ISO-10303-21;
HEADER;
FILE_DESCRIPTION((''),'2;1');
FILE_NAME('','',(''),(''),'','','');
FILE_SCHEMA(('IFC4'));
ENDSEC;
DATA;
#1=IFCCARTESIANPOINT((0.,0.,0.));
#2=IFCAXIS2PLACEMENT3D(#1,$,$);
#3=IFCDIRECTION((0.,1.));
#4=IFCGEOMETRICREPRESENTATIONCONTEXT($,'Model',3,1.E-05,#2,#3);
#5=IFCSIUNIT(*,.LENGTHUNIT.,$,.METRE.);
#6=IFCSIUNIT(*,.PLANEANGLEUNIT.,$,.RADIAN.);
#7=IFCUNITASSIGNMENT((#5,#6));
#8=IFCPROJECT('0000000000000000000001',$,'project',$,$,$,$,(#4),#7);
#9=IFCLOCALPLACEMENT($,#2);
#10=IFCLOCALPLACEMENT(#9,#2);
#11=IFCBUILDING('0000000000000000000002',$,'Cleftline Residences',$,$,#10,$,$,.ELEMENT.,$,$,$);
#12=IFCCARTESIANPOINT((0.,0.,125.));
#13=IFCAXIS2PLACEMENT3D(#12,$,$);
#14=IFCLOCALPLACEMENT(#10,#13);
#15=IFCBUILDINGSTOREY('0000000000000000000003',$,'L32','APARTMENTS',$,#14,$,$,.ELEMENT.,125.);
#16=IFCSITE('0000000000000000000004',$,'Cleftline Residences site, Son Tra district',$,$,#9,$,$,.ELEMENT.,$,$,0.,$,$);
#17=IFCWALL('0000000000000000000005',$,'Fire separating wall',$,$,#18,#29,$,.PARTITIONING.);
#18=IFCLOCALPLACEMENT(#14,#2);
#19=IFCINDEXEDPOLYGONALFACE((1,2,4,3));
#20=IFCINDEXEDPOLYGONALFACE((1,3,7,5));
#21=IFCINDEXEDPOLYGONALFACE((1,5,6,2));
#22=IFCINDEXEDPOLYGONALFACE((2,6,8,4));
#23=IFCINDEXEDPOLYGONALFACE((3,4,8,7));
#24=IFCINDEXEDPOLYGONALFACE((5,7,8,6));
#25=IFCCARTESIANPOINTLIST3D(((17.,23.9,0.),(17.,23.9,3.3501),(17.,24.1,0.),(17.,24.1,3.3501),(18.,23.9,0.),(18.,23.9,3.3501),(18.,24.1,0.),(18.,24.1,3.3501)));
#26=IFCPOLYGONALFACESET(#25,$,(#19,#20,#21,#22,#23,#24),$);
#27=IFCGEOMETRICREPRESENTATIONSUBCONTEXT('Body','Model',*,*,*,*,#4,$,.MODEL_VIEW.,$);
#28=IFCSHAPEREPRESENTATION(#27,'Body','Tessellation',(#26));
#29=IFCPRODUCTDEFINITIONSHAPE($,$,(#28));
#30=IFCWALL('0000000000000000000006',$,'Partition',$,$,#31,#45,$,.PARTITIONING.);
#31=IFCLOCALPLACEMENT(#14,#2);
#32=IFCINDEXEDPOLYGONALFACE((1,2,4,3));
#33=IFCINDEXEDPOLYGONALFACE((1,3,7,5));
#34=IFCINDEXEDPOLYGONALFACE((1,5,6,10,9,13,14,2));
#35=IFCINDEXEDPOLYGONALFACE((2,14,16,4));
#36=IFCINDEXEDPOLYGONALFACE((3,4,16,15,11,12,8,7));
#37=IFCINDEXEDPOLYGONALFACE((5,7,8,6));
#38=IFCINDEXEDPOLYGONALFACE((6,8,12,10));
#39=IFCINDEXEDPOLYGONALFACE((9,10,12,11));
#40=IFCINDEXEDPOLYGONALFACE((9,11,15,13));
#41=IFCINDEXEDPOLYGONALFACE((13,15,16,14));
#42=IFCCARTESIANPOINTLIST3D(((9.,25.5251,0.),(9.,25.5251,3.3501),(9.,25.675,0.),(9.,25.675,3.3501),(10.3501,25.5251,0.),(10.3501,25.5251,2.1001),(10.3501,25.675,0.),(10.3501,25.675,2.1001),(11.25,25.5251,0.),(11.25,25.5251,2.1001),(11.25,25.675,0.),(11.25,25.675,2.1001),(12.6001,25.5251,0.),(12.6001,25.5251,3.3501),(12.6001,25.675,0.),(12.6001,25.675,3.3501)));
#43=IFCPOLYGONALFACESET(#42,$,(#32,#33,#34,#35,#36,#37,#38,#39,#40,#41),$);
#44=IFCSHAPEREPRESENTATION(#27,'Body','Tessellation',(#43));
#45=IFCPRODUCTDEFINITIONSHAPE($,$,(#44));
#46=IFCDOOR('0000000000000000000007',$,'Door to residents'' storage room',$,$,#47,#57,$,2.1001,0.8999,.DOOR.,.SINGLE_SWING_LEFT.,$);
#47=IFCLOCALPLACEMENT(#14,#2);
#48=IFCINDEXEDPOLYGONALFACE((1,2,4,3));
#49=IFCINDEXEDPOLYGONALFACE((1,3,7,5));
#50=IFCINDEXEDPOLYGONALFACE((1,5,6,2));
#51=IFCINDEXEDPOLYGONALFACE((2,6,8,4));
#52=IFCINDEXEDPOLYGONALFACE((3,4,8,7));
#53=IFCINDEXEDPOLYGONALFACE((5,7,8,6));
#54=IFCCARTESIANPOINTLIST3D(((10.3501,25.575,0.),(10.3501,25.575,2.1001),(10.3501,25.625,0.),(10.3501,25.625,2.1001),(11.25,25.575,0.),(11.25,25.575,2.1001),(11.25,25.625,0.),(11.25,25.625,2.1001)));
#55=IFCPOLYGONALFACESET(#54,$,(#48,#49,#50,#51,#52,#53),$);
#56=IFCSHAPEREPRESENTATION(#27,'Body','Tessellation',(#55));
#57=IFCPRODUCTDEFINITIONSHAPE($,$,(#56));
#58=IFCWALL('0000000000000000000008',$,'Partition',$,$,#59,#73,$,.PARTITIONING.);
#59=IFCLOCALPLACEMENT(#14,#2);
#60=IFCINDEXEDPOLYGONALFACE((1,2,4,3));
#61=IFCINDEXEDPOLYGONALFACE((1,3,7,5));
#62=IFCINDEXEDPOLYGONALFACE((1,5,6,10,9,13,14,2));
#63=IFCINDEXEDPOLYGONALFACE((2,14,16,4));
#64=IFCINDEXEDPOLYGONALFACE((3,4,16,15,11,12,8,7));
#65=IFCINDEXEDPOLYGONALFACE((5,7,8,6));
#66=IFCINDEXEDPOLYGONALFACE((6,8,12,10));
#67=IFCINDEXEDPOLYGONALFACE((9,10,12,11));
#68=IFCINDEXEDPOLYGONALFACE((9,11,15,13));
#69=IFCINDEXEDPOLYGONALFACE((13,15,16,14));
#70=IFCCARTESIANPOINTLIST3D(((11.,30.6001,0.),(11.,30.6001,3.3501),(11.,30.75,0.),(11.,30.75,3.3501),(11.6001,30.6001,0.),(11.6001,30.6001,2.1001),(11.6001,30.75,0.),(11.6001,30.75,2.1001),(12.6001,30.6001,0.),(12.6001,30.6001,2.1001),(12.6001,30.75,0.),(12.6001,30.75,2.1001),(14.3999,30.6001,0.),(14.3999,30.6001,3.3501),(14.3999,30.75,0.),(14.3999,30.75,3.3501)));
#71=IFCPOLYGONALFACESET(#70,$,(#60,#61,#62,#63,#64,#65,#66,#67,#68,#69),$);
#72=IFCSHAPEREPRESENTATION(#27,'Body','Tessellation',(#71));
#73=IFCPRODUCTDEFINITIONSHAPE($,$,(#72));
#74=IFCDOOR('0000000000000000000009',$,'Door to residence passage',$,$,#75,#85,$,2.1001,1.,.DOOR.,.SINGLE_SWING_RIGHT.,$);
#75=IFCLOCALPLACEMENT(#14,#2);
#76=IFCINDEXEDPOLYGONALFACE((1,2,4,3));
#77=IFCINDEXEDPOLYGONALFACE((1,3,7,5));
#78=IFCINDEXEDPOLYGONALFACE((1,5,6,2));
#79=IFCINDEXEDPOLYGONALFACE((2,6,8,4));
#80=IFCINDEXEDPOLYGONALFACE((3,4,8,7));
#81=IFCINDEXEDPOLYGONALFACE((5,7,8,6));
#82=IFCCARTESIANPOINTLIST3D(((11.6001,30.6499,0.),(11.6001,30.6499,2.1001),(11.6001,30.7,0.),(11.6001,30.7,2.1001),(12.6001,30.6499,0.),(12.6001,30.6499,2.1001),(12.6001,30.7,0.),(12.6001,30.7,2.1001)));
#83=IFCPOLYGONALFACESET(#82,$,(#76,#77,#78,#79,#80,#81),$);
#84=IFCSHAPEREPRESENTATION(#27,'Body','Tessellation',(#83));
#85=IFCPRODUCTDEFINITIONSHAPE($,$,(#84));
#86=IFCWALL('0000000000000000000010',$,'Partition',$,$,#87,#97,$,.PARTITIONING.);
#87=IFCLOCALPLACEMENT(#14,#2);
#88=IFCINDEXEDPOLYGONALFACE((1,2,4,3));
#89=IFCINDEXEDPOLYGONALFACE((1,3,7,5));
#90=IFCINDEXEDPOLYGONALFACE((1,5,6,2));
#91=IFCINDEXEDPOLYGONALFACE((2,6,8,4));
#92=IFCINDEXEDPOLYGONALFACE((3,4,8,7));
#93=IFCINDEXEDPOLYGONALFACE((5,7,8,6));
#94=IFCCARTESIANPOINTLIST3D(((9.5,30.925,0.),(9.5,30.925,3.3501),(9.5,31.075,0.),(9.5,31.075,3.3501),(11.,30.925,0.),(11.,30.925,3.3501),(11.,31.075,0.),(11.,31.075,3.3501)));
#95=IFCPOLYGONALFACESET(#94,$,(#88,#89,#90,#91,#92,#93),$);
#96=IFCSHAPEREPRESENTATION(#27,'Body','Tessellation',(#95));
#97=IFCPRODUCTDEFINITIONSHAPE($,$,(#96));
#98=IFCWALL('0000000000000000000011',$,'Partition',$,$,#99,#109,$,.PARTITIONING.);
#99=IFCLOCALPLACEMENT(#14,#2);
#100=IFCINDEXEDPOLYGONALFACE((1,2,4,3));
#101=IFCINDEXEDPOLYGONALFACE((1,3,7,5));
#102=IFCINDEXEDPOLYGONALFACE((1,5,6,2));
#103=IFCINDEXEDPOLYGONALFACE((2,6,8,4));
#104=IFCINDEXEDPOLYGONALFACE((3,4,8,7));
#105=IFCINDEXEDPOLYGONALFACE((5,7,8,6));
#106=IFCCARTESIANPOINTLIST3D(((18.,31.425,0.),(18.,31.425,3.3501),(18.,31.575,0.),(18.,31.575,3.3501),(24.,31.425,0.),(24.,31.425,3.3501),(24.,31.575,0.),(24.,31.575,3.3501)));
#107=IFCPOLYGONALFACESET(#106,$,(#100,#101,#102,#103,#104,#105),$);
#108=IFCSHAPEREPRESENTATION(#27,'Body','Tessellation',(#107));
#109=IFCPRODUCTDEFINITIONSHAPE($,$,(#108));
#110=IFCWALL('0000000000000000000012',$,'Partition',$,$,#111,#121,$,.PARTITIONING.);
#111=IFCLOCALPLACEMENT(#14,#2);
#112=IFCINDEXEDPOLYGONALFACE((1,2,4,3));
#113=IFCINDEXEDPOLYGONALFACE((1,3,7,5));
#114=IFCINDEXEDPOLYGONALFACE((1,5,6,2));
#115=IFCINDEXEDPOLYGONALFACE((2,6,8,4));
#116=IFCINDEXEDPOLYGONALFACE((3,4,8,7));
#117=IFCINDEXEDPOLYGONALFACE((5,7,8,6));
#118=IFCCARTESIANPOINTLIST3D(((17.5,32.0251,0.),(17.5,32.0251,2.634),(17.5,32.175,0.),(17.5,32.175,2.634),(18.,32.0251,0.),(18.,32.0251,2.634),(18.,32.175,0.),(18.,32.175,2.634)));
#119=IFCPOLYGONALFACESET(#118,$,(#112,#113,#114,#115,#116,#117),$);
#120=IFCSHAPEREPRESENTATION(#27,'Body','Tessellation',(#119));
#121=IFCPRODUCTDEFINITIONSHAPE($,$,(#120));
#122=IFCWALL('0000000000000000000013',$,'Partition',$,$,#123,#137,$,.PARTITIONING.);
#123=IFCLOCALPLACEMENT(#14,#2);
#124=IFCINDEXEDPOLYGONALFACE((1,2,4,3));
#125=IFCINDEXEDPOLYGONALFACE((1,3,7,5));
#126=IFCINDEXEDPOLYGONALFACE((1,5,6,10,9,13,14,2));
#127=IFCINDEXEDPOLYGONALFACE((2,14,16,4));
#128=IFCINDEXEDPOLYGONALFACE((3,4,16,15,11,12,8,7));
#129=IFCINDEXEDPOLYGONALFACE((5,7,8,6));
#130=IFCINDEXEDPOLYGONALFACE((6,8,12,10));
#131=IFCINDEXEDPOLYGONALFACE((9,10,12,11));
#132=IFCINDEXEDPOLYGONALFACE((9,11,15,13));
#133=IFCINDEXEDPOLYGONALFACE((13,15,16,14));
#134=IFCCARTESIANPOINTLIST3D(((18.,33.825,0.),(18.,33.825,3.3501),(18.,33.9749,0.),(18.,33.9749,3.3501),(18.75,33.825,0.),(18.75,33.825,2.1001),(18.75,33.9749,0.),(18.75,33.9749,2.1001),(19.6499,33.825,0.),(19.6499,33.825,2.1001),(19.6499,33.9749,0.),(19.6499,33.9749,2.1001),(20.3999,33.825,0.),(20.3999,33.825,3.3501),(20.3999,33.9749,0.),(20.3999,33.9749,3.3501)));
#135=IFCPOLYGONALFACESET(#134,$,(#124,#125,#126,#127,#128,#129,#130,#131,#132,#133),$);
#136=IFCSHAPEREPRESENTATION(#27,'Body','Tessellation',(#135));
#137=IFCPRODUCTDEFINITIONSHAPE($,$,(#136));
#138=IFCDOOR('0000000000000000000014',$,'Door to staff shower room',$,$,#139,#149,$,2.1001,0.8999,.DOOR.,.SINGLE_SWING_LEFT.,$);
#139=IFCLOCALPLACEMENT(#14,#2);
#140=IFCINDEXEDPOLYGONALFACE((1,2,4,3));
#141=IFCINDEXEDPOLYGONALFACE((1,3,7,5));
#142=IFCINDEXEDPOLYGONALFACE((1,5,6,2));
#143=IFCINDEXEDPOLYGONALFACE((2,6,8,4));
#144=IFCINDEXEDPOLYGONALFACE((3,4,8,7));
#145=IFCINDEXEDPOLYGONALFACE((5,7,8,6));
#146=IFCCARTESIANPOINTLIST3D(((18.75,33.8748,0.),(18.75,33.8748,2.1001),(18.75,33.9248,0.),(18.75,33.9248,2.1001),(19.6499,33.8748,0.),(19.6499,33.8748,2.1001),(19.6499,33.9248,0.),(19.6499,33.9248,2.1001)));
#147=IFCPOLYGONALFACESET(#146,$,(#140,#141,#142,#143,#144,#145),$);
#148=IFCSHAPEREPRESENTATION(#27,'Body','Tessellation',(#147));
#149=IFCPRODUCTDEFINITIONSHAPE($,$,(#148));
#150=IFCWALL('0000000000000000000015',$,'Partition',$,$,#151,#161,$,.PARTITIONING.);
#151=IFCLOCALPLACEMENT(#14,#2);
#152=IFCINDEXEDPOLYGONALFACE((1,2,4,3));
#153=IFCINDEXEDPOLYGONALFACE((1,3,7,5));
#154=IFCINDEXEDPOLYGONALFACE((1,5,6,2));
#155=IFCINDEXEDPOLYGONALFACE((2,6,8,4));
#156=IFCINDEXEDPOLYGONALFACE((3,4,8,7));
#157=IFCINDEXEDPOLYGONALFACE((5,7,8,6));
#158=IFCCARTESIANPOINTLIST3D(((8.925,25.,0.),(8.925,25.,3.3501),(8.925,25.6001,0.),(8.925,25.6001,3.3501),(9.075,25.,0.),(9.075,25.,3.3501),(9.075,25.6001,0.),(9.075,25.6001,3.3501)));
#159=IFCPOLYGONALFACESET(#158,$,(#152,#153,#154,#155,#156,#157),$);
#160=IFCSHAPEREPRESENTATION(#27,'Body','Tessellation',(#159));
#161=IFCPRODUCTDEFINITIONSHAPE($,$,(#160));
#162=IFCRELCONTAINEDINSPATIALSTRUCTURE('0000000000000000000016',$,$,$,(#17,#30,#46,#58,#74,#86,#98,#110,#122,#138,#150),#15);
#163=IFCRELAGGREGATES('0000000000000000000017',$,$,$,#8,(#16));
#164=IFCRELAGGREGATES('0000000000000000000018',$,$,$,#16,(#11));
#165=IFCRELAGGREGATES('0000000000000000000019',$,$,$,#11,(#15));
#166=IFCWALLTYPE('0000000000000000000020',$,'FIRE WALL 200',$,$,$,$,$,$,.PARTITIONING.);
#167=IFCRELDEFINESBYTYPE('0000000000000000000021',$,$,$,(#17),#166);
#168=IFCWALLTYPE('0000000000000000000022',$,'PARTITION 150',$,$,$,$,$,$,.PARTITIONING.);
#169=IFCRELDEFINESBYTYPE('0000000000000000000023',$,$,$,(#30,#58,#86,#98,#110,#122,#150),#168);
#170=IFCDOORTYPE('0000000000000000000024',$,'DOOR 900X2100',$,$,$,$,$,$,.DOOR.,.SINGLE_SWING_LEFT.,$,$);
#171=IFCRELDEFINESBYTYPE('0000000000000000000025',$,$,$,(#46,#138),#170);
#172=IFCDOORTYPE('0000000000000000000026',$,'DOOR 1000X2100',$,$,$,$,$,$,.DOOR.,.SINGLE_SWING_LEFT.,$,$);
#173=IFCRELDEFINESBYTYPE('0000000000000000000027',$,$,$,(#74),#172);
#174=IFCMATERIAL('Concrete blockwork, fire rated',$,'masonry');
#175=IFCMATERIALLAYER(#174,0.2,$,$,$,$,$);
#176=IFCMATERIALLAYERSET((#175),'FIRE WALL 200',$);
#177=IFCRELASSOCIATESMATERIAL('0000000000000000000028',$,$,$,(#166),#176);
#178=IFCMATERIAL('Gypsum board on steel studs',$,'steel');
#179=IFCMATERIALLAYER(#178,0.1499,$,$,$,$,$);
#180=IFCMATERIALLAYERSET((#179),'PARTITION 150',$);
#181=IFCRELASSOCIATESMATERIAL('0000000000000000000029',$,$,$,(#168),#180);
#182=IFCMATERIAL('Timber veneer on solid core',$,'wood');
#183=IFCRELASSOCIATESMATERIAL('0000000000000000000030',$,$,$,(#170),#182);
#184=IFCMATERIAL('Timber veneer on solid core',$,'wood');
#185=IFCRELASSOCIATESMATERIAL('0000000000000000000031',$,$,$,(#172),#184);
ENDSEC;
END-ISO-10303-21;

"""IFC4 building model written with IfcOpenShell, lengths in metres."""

from ifc_helpers import new_model, si_unit, direction, frame, frame_2d, origin, place, context, subcontext, project, spatial, rectangle, extrude, material, layer, layer_set, type_object, element, fill, save


model = new_model("IFC4")

# Units and contexts
model_context = context("Model", 3, precision=1e-05, world=origin(), true_north=direction((0.0, 1.0)))
body_context = subcontext(model_context, "Body", "Model", "MODEL_VIEW")
ifc_project = project(units=[si_unit("LENGTHUNIT", "METRE"), si_unit("PLANEANGLEUNIT", "RADIAN")], contexts=[model_context])

# Site, building, storey
site_placement = place(None, origin())
site = spatial("IfcSite", under=ifc_project, at=site_placement, Name="Cleftline Residences site, Son Tra district", CompositionType="ELEMENT", RefElevation=0.0)
building_placement = place(site_placement, origin())
building = spatial("IfcBuilding", under=site, at=building_placement, Name="Cleftline Residences", CompositionType="ELEMENT")
storey_placement = place(building_placement, frame((0.0, 0.0, 125.0)))
storey = spatial("IfcBuildingStorey", under=building, at=storey_placement, Name="L32", Description="APARTMENTS", CompositionType="ELEMENT", Elevation=125.0)

# Wall
ifc_material_1 = material(Name="Concrete blockwork, fire rated", Category="masonry")
ifc_layer_1 = layer(ifc_material_1, 0.2)
ifc_layer_set_1 = layer_set([ifc_layer_1], Name="FIRE WALL 200")
wall_type_1 = type_object("IfcWallType", Name="FIRE WALL 200", PredefinedType="PARTITIONING", material=ifc_layer_set_1)
wall_1_placement = place(storey_placement, frame((17.0, 24.0, 0.0), z_axis=(0.0, 0.0, 1.0), x_axis=(1.0, 0.0, 0.0)))
element("IfcWall", 1, at=wall_1_placement, inside=storey, type_object=wall_type_1, Name="Fire separating wall", PredefinedType="PARTITIONING", context=body_context, shape_type="SweptSolid", body=[
    extrude(rectangle(XDim=1.0, YDim=0.2, at=frame_2d((0.5, 0.0))), origin(), (0.0, 0.0, 1.0), 3.3501),
])

# Walls, openings, doors
ifc_material_2 = material(Name="Gypsum board on steel studs", Category="steel")
ifc_layer_2 = layer(ifc_material_2, 0.1499)
ifc_layer_set_2 = layer_set([ifc_layer_2], Name="PARTITION 150")
wall_type_2 = type_object("IfcWallType", Name="PARTITION 150", PredefinedType="PARTITIONING", material=ifc_layer_set_2)
wall_2_placement = place(storey_placement, frame((9.0, 25.6001, 0.0), z_axis=(0.0, 0.0, 1.0), x_axis=(1.0, 0.0, 0.0)))
wall_2 = element("IfcWall", 2, at=wall_2_placement, inside=storey, type_object=wall_type_2, Name="Partition", PredefinedType="PARTITIONING", context=body_context, shape_type="SweptSolid", body=[
    extrude(rectangle(XDim=3.6001, YDim=0.1499, at=frame_2d((1.8, 0.0))), origin(), (0.0, 0.0, 1.0), 3.3501),
])
opening_1_placement = place(wall_2_placement, frame((1.3501, 0.0, 0.0)))
opening_1 = element("IfcOpeningElement", 3, at=opening_1_placement, cuts=wall_2, PredefinedType="OPENING", context=body_context, shape_type="SweptSolid", body=[
    extrude(rectangle(XDim=0.8999, YDim=2.1001, at=frame_2d((0.45, 1.05))), frame((0.0, 0.085, 0.0), z_axis=(0.0, -1.0, 0.0), x_axis=(1.0, 0.0, 0.0)), (0.0, 0.0, 1.0), 0.1699),
])
ifc_material_3 = material(Name="Timber veneer on solid core", Category="wood")
door_type_1 = type_object("IfcDoorType", Name="DOOR 900X2100", OperationType="SINGLE_SWING_LEFT", PredefinedType="DOOR", material=ifc_material_3)
door_1_placement = place(opening_1_placement, origin())
door_1 = element("IfcDoor", 4, at=door_1_placement, inside=storey, type_object=door_type_1, Name="Door to residents' storage room", OperationType="SINGLE_SWING_LEFT", OverallHeight=2.1001, OverallWidth=0.8999, PredefinedType="DOOR", context=body_context, shape_type="SweptSolid", body=[
    extrude(rectangle(XDim=0.8999, YDim=2.1001, at=frame_2d((0.45, 1.05))), frame((0.0, 0.0249, 0.0), z_axis=(0.0, -1.0, 0.0), x_axis=(1.0, 0.0, 0.0)), (0.0, 0.0, 1.0), 0.05),
])
fill(opening_1, door_1)
wall_3_placement = place(storey_placement, frame((11.0, 30.675, 0.0), z_axis=(0.0, 0.0, 1.0), x_axis=(1.0, 0.0, 0.0)))
wall_3 = element("IfcWall", 5, at=wall_3_placement, inside=storey, type_object=wall_type_2, Name="Partition", PredefinedType="PARTITIONING", context=body_context, shape_type="SweptSolid", body=[
    extrude(rectangle(XDim=3.3999, YDim=0.1499, at=frame_2d((1.7, 0.0))), origin(), (0.0, 0.0, 1.0), 3.3501),
])
opening_2_placement = place(wall_3_placement, frame((0.6001, 0.0, 0.0)))
opening_2 = element("IfcOpeningElement", 6, at=opening_2_placement, cuts=wall_3, PredefinedType="OPENING", context=body_context, shape_type="SweptSolid", body=[
    extrude(rectangle(XDim=1.0, YDim=2.1001, at=frame_2d((0.5, 1.05))), frame((0.0, 0.085, 0.0), z_axis=(0.0, -1.0, 0.0), x_axis=(1.0, 0.0, 0.0)), (0.0, 0.0, 1.0), 0.1699),
])
ifc_material_4 = material(Name="Timber veneer on solid core", Category="wood")
door_type_2 = type_object("IfcDoorType", Name="DOOR 1000X2100", OperationType="SINGLE_SWING_LEFT", PredefinedType="DOOR", material=ifc_material_4)
door_2_placement = place(opening_2_placement, origin())
door_2 = element("IfcDoor", 7, at=door_2_placement, inside=storey, type_object=door_type_2, Name="Door to residence passage", OperationType="SINGLE_SWING_RIGHT", OverallHeight=2.1001, OverallWidth=1.0, PredefinedType="DOOR", context=body_context, shape_type="SweptSolid", body=[
    extrude(rectangle(XDim=1.0, YDim=2.1001, at=frame_2d((0.5, 1.05))), frame((0.0, 0.0249, 0.0), z_axis=(0.0, -1.0, 0.0), x_axis=(1.0, 0.0, 0.0)), (0.0, 0.0, 1.0), 0.05),
])
fill(opening_2, door_2)

# Walls
wall_4_placement = place(storey_placement, frame((9.5, 31.0, 0.0), z_axis=(0.0, 0.0, 1.0), x_axis=(1.0, 0.0, 0.0)))
element("IfcWall", 8, at=wall_4_placement, inside=storey, type_object=wall_type_2, Name="Partition", PredefinedType="PARTITIONING", context=body_context, shape_type="SweptSolid", body=[
    extrude(rectangle(XDim=1.5, YDim=0.1499, at=frame_2d((0.75, 0.0))), origin(), (0.0, 0.0, 1.0), 3.3501),
])
wall_5_placement = place(storey_placement, frame((18.0, 31.5, 0.0), z_axis=(0.0, 0.0, 1.0), x_axis=(1.0, 0.0, 0.0)))
element("IfcWall", 9, at=wall_5_placement, inside=storey, type_object=wall_type_2, Name="Partition", PredefinedType="PARTITIONING", context=body_context, shape_type="SweptSolid", body=[
    extrude(rectangle(XDim=6.0, YDim=0.1499, at=frame_2d((3.0, 0.0))), origin(), (0.0, 0.0, 1.0), 3.3501),
])
wall_6_placement = place(storey_placement, frame((17.5, 32.1001, 0.0), z_axis=(0.0, 0.0, 1.0), x_axis=(1.0, 0.0, 0.0)))
element("IfcWall", 10, at=wall_6_placement, inside=storey, type_object=wall_type_2, Name="Partition", PredefinedType="PARTITIONING", context=body_context, shape_type="SweptSolid", body=[
    extrude(rectangle(XDim=0.5, YDim=0.1499, at=frame_2d((0.25, 0.0))), origin(), (0.0, 0.0, 1.0), 2.634),
])

# Wall, opening, door
wall_7_placement = place(storey_placement, frame((18.0, 33.8999, 0.0), z_axis=(0.0, 0.0, 1.0), x_axis=(1.0, 0.0, 0.0)))
wall_7 = element("IfcWall", 11, at=wall_7_placement, inside=storey, type_object=wall_type_2, Name="Partition", PredefinedType="PARTITIONING", context=body_context, shape_type="SweptSolid", body=[
    extrude(rectangle(XDim=2.3999, YDim=0.1499, at=frame_2d((1.2, 0.0))), origin(), (0.0, 0.0, 1.0), 3.3501),
])
opening_3_placement = place(wall_7_placement, frame((0.75, 0.0, 0.0)))
opening_3 = element("IfcOpeningElement", 12, at=opening_3_placement, cuts=wall_7, PredefinedType="OPENING", context=body_context, shape_type="SweptSolid", body=[
    extrude(rectangle(XDim=0.8999, YDim=2.1001, at=frame_2d((0.45, 1.05))), frame((0.0, 0.085, 0.0), z_axis=(0.0, -1.0, 0.0), x_axis=(1.0, 0.0, 0.0)), (0.0, 0.0, 1.0), 0.1699),
])
door_3_placement = place(opening_3_placement, origin())
door_3 = element("IfcDoor", 13, at=door_3_placement, inside=storey, type_object=door_type_1, Name="Door to staff shower room", OperationType="SINGLE_SWING_LEFT", OverallHeight=2.1001, OverallWidth=0.8999, PredefinedType="DOOR", context=body_context, shape_type="SweptSolid", body=[
    extrude(rectangle(XDim=0.8999, YDim=2.1001, at=frame_2d((0.45, 1.05))), frame((0.0, 0.0249, 0.0), z_axis=(0.0, -1.0, 0.0), x_axis=(1.0, 0.0, 0.0)), (0.0, 0.0, 1.0), 0.05),
])
fill(opening_3, door_3)

# Wall
wall_8_placement = place(storey_placement, frame((9.0, 25.0, 0.0), z_axis=(0.0, 0.0, 1.0), x_axis=(0.0, 1.0, 0.0)))
element("IfcWall", 14, at=wall_8_placement, inside=storey, type_object=wall_type_2, Name="Partition", PredefinedType="PARTITIONING", context=body_context, shape_type="SweptSolid", body=[
    extrude(rectangle(XDim=0.6001, YDim=0.1499, at=frame_2d((0.3, 0.0))), origin(), (0.0, 0.0, 1.0), 3.3501),
])

save(model, "model.ifc")
